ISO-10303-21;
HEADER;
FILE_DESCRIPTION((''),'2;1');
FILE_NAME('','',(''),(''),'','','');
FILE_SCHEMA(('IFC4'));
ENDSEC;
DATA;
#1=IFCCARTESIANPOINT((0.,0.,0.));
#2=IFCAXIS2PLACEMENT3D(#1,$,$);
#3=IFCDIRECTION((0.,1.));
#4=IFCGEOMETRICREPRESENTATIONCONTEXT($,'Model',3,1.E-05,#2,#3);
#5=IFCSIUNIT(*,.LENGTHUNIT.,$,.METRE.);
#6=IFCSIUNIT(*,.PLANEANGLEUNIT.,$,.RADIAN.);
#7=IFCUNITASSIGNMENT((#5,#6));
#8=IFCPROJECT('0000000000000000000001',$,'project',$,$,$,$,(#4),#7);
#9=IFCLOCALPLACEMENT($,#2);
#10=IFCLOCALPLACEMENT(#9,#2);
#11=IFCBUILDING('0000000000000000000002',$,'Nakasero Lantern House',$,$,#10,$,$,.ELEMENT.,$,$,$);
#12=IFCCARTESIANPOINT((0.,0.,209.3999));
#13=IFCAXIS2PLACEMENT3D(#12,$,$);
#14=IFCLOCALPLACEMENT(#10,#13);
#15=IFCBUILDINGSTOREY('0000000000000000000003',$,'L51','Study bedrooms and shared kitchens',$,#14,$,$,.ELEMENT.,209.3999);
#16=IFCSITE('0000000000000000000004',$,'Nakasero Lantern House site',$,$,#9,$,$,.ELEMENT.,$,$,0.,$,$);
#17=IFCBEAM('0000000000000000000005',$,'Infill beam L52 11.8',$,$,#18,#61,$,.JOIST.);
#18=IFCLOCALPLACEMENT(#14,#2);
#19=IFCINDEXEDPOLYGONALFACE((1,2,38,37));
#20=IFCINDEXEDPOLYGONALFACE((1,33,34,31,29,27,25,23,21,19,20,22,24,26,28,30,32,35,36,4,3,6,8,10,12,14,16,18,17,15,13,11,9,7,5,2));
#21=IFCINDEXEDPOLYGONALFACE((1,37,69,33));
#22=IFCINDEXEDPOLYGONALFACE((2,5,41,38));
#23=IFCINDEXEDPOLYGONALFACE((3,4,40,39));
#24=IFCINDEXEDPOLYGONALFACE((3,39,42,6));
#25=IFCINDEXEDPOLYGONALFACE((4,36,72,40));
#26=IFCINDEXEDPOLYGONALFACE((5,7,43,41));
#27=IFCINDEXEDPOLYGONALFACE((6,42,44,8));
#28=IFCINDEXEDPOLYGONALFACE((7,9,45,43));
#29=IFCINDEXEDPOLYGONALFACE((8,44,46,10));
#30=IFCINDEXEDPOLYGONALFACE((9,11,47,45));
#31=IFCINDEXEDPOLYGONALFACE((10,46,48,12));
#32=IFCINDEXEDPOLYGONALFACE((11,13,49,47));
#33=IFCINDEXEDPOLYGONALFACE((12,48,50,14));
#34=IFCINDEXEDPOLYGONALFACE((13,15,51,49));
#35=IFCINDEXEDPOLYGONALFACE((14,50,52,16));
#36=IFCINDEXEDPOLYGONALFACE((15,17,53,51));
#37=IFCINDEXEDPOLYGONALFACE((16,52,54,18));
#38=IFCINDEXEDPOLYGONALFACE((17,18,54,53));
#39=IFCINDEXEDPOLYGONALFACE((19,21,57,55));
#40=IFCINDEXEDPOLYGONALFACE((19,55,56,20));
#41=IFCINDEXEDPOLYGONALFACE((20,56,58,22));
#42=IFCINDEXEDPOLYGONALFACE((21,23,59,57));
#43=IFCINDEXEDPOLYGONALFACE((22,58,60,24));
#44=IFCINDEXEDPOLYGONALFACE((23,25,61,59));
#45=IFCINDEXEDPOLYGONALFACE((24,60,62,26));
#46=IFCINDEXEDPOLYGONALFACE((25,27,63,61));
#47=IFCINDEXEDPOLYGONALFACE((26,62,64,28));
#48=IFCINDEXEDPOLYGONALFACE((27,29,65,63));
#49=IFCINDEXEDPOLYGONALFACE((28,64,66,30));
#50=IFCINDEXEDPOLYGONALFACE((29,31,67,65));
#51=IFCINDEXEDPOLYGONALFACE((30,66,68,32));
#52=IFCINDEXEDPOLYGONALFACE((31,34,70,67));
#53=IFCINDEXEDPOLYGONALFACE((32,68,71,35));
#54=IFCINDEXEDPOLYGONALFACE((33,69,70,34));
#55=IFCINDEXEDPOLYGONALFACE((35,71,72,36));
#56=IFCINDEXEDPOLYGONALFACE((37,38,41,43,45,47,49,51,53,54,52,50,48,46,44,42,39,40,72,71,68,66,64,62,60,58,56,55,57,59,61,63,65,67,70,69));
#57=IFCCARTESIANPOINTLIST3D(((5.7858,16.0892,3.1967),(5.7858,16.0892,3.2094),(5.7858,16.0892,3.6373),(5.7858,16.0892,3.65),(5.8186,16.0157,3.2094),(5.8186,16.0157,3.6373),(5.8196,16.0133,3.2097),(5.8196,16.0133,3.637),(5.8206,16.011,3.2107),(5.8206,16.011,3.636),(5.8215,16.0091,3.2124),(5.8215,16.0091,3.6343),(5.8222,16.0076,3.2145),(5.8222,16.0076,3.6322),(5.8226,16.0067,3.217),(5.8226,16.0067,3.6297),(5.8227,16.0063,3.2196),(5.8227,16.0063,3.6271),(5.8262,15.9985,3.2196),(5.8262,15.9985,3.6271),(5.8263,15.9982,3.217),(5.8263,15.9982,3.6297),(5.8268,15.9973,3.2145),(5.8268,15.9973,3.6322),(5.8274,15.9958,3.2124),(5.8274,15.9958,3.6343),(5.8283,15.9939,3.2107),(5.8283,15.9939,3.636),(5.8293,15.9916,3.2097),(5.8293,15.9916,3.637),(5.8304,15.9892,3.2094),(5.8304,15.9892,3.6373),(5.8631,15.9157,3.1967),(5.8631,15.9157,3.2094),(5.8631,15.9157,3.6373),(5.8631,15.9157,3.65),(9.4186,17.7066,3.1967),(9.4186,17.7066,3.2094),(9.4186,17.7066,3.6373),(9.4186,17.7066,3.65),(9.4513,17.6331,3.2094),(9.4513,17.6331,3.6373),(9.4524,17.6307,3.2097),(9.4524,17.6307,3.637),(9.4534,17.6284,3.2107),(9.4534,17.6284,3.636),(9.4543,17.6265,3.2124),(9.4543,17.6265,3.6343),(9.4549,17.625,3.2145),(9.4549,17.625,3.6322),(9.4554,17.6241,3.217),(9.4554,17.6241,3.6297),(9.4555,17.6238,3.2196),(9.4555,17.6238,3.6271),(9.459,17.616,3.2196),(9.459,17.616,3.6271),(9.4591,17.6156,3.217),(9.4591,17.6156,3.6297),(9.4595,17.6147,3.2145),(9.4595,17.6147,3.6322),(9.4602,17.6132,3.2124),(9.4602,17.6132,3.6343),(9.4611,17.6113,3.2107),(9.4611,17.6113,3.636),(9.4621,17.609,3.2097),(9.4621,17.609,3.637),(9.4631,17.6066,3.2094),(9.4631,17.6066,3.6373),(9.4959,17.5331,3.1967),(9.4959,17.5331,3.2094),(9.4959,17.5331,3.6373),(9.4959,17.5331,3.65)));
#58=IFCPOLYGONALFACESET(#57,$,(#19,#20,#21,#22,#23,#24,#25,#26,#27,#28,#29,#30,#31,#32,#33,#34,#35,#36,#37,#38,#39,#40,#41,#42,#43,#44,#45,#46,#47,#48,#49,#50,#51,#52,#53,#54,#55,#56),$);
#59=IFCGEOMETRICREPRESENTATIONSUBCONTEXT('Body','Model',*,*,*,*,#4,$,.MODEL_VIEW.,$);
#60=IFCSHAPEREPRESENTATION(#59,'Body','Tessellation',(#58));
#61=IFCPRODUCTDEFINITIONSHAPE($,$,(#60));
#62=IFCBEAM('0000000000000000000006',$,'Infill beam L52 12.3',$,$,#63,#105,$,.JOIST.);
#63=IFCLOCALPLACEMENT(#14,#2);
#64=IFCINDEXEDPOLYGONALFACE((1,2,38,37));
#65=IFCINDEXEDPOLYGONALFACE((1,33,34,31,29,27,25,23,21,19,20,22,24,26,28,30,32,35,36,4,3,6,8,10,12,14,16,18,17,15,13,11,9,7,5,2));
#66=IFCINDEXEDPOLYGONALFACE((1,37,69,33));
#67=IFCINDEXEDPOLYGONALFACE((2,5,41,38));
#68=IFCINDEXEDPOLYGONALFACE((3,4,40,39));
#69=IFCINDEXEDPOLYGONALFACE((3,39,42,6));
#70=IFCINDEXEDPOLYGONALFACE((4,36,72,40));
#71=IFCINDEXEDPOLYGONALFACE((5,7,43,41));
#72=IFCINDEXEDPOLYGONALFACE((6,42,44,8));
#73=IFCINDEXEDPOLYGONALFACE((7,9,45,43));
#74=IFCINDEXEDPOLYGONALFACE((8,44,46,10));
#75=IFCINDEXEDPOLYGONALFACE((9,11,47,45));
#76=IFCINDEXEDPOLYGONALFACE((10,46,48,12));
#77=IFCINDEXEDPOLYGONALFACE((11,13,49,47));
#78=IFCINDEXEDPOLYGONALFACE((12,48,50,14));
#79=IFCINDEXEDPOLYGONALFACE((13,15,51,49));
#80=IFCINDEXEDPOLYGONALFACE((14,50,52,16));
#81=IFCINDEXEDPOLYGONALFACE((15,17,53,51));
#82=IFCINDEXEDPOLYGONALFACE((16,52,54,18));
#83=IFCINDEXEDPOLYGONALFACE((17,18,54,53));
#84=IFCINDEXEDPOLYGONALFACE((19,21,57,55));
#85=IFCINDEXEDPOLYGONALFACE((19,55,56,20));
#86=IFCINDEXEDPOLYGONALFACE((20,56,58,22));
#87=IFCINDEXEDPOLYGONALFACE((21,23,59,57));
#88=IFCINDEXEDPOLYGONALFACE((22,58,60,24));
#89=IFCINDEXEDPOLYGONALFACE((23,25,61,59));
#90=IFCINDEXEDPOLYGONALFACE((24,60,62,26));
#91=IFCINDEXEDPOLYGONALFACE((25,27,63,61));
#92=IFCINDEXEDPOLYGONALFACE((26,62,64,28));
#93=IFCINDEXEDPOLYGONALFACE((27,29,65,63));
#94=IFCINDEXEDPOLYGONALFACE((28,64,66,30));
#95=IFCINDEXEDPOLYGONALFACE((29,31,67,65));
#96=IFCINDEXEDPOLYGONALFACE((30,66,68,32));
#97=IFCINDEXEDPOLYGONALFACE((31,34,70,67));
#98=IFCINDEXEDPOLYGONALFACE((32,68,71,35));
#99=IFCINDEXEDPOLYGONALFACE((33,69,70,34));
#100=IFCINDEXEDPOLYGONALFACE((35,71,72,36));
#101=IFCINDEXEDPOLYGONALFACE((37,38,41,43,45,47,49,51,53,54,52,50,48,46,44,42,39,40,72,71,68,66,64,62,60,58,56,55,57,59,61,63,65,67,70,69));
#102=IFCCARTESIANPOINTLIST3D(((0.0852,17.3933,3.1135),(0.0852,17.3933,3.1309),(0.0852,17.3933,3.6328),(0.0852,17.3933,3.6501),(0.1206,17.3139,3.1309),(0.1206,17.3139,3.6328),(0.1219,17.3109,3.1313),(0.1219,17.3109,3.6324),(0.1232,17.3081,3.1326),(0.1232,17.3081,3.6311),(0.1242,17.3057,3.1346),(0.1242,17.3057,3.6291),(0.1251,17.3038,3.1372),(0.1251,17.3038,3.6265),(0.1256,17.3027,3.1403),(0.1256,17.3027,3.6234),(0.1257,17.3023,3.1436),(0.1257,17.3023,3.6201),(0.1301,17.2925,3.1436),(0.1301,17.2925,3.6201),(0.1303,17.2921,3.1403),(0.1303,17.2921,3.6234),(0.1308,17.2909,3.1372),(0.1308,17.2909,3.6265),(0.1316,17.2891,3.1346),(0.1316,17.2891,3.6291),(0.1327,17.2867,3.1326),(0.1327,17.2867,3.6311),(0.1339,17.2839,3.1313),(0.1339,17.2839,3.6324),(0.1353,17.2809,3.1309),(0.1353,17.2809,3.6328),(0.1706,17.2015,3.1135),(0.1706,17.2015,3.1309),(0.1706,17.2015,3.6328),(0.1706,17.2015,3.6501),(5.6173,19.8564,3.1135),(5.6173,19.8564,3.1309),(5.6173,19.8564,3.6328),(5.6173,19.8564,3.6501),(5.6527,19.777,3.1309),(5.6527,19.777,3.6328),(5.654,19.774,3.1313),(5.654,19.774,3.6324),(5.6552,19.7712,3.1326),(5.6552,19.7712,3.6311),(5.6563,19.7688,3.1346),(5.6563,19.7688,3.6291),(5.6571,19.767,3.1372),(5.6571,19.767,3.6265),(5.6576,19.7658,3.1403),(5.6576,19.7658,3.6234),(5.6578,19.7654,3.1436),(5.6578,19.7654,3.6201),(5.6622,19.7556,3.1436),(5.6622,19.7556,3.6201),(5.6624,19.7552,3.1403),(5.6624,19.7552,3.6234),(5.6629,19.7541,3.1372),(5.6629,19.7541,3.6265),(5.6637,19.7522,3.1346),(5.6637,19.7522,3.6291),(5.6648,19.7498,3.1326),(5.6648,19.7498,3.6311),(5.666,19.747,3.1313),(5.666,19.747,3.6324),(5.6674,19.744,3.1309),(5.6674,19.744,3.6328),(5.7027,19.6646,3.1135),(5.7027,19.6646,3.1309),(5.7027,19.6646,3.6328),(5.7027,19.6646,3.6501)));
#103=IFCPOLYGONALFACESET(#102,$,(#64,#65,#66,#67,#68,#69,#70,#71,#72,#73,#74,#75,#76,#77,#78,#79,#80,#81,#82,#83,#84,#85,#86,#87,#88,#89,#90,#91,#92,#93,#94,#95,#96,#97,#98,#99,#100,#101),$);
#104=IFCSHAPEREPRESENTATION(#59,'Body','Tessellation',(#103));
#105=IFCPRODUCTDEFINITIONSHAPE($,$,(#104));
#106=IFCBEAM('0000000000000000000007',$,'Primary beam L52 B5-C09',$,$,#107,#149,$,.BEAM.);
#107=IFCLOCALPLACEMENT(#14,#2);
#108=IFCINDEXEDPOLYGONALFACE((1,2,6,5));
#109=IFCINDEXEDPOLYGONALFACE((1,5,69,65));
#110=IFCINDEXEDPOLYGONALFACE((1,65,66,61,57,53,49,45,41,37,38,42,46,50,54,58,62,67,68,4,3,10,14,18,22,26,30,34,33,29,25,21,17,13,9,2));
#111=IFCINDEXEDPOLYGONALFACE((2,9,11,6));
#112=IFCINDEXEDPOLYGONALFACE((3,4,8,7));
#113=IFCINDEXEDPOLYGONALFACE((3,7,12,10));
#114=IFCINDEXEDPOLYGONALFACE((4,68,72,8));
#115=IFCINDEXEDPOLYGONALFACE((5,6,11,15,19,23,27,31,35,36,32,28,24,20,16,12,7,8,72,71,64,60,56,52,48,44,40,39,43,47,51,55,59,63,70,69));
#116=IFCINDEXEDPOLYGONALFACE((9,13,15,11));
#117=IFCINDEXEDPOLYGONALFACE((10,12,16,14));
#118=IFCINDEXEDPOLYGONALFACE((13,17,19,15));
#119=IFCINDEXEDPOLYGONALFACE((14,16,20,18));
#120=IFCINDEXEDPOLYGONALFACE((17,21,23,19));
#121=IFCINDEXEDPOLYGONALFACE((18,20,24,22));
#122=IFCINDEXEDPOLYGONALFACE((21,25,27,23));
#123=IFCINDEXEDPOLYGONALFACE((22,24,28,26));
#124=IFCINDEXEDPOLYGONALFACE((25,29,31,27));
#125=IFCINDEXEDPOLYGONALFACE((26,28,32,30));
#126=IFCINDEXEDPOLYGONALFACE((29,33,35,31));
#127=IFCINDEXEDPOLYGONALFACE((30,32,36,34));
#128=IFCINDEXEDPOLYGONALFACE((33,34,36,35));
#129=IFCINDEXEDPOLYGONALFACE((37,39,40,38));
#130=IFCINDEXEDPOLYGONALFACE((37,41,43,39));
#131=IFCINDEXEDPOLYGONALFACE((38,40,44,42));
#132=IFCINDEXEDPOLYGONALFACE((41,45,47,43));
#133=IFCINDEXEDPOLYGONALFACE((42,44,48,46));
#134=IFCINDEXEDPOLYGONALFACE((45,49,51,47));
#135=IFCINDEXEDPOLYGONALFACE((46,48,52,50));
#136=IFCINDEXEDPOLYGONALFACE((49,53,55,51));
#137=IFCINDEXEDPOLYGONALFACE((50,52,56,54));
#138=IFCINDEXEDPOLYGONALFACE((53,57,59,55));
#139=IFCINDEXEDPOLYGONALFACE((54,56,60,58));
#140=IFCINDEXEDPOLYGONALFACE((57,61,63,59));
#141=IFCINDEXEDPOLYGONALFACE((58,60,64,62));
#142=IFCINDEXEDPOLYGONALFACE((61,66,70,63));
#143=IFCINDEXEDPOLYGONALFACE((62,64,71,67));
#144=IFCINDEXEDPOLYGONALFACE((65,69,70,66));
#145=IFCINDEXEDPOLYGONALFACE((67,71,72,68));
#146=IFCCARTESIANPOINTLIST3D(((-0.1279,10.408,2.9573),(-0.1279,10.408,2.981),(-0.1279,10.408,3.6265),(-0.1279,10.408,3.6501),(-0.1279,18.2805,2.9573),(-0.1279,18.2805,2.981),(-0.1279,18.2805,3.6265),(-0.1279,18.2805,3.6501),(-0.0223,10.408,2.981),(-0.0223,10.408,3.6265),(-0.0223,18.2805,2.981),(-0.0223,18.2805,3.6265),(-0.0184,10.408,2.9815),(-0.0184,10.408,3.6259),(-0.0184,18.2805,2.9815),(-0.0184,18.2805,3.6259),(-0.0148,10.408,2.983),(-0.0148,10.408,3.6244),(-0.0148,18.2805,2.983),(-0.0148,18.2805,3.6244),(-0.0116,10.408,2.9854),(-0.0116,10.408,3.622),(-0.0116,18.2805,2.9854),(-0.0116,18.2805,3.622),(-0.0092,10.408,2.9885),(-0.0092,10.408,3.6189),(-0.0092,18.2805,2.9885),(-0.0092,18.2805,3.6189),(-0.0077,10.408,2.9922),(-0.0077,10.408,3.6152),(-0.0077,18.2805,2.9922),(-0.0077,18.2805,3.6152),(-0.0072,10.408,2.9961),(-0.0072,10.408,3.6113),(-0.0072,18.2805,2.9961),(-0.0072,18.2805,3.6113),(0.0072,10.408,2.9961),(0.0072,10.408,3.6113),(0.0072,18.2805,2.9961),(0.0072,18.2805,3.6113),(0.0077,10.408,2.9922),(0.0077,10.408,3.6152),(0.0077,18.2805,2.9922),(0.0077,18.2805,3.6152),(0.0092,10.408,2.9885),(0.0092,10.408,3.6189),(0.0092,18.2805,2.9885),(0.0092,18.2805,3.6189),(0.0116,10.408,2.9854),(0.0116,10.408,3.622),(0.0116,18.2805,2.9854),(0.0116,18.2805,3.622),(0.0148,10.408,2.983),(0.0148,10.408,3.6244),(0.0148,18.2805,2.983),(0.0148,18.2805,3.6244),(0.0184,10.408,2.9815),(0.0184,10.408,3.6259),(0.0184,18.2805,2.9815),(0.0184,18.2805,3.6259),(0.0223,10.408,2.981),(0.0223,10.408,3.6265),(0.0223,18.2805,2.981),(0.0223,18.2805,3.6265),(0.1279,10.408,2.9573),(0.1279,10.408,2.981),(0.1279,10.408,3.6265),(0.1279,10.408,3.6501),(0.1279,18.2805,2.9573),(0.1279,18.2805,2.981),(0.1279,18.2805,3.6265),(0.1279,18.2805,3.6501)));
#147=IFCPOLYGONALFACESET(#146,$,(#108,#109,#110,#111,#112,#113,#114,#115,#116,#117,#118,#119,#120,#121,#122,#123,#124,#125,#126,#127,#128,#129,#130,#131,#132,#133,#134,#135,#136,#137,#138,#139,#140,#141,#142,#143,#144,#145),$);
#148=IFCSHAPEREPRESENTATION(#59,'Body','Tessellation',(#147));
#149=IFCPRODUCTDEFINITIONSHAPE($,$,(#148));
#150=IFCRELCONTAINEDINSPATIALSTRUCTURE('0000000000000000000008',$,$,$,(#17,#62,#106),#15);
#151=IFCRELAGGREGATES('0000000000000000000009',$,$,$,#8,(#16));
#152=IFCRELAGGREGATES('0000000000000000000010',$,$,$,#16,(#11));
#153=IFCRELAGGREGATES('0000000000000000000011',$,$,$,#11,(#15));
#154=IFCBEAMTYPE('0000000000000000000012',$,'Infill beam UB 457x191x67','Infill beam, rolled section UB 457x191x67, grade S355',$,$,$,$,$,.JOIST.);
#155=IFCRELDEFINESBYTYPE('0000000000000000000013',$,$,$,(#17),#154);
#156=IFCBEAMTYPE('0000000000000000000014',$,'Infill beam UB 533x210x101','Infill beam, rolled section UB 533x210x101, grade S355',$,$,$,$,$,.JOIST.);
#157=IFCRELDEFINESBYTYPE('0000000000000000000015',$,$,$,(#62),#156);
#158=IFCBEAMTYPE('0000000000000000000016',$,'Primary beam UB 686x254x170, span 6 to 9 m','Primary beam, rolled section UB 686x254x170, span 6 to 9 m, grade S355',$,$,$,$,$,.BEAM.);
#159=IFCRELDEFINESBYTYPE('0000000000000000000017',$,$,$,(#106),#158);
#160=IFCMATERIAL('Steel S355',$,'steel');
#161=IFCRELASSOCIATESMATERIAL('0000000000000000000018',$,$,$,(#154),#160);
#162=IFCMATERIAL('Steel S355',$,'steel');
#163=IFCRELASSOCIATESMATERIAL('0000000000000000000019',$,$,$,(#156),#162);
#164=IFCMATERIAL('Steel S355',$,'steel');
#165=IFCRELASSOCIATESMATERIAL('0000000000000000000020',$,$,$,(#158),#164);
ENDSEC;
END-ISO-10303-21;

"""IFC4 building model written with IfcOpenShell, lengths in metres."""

from ifc_helpers import new_model, si_unit, direction, frame, origin, origin_2d, place, context, subcontext, project, spatial, i_section, extrude, material, material_profile, profile_set, type_object, element, save


model = new_model("IFC4")

# Units and contexts
model_context = context("Model", 3, precision=1e-05, world=origin(), true_north=direction((0.0, 1.0)))
body_context = subcontext(model_context, "Body", "Model", "MODEL_VIEW")
ifc_project = project(units=[si_unit("LENGTHUNIT", "METRE"), si_unit("PLANEANGLEUNIT", "RADIAN")], contexts=[model_context])

# Site, building, storey
site_placement = place(None, origin())
site = spatial("IfcSite", under=ifc_project, at=site_placement, Name="Nakasero Lantern House site", CompositionType="ELEMENT", RefElevation=0.0)
building_placement = place(site_placement, origin())
building = spatial("IfcBuilding", under=site, at=building_placement, Name="Nakasero Lantern House", CompositionType="ELEMENT")
storey_placement = place(building_placement, frame((0.0, 0.0, 209.3999)))
storey = spatial("IfcBuildingStorey", under=building, at=storey_placement, Name="L51", Description="Study bedrooms and shared kitchens", CompositionType="ELEMENT", Elevation=209.3999)

# Beams
ifc_material_1 = material(Name="Steel S355", Category="steel")
ifc_material_profile_1 = material_profile(ifc_material_1, i_section(OverallWidth=0.1899, OverallDepth=0.4534, WebThickness=0.0085, FlangeThickness=0.0127, FilletRadius=0.0103, at=origin_2d()), Name="UB 457x191x67")
ifc_profile_set_1 = profile_set([ifc_material_profile_1], Name="Steel S355")
beam_type_1 = type_object("IfcBeamType", Name="Infill beam UB 457x191x67", Description="Infill beam, rolled section UB 457x191x67, grade S355", PredefinedType="JOIST", material=ifc_profile_set_1)
beam_1_placement = place(storey_placement, frame((5.8245, 16.0024, 3.4233), z_axis=(0.913546, 0.406736, 0.0), x_axis=(-0.406736, 0.913546, 0.0)))
element("IfcBeam", 1, at=beam_1_placement, inside=storey, type_object=beam_type_1, Name="Infill beam L52 11.8", PredefinedType="JOIST", context=body_context, shape_type="SweptSolid", body=[
    extrude(i_section(OverallWidth=0.1899, OverallDepth=0.4534, WebThickness=0.0085, FlangeThickness=0.0127, FilletRadius=0.0103, at=origin_2d()), origin(), (0.0, 0.0, 1.0), 3.9766),
])
ifc_material_2 = material(Name="Steel S355", Category="steel")
ifc_material_profile_2 = material_profile(ifc_material_2, i_section(OverallWidth=0.21, OverallDepth=0.5366, WebThickness=0.0107, FlangeThickness=0.0173, FilletRadius=0.0127, at=origin_2d()), Name="UB 533x210x101")
ifc_profile_set_2 = profile_set([ifc_material_profile_2], Name="Steel S355")
beam_type_2 = type_object("IfcBeamType", Name="Infill beam UB 533x210x101", Description="Infill beam, rolled section UB 533x210x101, grade S355", PredefinedType="JOIST", material=ifc_profile_set_2)
beam_2_placement = place(storey_placement, frame((0.1279, 17.2974, 3.3818), z_axis=(0.913537, 0.406756, 0.0), x_axis=(-0.406756, 0.913537, 0.0)))
element("IfcBeam", 2, at=beam_2_placement, inside=storey, type_object=beam_type_2, Name="Infill beam L52 12.3", PredefinedType="JOIST", context=body_context, shape_type="SweptSolid", body=[
    extrude(i_section(OverallWidth=0.21, OverallDepth=0.5366, WebThickness=0.0107, FlangeThickness=0.0173, FilletRadius=0.0127, at=origin_2d()), origin(), (0.0, 0.0, 1.0), 6.0557),
])
ifc_material_3 = material(Name="Steel S355", Category="steel")
ifc_material_profile_3 = material_profile(ifc_material_3, i_section(OverallWidth=0.2559, OverallDepth=0.6929, WebThickness=0.0144, FlangeThickness=0.0237, FilletRadius=0.0151, at=origin_2d()), Name="UB 686x254x170")
ifc_profile_set_3 = profile_set([ifc_material_profile_3], Name="Steel S355")
beam_type_3 = type_object("IfcBeamType", Name="Primary beam UB 686x254x170, span 6 to 9 m", Description="Primary beam, rolled section UB 686x254x170, span 6 to 9 m, grade S355", PredefinedType="BEAM", material=ifc_profile_set_3)
beam_3_placement = place(storey_placement, frame((0.0, 18.2805, 3.3037), z_axis=(0.0, -1.0, 0.0), x_axis=(1.0, 0.0, 0.0)))
element("IfcBeam", 3, at=beam_3_placement, inside=storey, type_object=beam_type_3, Name="Primary beam L52 B5-C09", PredefinedType="BEAM", context=body_context, shape_type="SweptSolid", body=[
    extrude(i_section(OverallWidth=0.2559, OverallDepth=0.6929, WebThickness=0.0144, FlangeThickness=0.0237, FilletRadius=0.0151, at=origin_2d()), origin(), (0.0, 0.0, 1.0), 7.8726),
])

save(model, "model.ifc")
